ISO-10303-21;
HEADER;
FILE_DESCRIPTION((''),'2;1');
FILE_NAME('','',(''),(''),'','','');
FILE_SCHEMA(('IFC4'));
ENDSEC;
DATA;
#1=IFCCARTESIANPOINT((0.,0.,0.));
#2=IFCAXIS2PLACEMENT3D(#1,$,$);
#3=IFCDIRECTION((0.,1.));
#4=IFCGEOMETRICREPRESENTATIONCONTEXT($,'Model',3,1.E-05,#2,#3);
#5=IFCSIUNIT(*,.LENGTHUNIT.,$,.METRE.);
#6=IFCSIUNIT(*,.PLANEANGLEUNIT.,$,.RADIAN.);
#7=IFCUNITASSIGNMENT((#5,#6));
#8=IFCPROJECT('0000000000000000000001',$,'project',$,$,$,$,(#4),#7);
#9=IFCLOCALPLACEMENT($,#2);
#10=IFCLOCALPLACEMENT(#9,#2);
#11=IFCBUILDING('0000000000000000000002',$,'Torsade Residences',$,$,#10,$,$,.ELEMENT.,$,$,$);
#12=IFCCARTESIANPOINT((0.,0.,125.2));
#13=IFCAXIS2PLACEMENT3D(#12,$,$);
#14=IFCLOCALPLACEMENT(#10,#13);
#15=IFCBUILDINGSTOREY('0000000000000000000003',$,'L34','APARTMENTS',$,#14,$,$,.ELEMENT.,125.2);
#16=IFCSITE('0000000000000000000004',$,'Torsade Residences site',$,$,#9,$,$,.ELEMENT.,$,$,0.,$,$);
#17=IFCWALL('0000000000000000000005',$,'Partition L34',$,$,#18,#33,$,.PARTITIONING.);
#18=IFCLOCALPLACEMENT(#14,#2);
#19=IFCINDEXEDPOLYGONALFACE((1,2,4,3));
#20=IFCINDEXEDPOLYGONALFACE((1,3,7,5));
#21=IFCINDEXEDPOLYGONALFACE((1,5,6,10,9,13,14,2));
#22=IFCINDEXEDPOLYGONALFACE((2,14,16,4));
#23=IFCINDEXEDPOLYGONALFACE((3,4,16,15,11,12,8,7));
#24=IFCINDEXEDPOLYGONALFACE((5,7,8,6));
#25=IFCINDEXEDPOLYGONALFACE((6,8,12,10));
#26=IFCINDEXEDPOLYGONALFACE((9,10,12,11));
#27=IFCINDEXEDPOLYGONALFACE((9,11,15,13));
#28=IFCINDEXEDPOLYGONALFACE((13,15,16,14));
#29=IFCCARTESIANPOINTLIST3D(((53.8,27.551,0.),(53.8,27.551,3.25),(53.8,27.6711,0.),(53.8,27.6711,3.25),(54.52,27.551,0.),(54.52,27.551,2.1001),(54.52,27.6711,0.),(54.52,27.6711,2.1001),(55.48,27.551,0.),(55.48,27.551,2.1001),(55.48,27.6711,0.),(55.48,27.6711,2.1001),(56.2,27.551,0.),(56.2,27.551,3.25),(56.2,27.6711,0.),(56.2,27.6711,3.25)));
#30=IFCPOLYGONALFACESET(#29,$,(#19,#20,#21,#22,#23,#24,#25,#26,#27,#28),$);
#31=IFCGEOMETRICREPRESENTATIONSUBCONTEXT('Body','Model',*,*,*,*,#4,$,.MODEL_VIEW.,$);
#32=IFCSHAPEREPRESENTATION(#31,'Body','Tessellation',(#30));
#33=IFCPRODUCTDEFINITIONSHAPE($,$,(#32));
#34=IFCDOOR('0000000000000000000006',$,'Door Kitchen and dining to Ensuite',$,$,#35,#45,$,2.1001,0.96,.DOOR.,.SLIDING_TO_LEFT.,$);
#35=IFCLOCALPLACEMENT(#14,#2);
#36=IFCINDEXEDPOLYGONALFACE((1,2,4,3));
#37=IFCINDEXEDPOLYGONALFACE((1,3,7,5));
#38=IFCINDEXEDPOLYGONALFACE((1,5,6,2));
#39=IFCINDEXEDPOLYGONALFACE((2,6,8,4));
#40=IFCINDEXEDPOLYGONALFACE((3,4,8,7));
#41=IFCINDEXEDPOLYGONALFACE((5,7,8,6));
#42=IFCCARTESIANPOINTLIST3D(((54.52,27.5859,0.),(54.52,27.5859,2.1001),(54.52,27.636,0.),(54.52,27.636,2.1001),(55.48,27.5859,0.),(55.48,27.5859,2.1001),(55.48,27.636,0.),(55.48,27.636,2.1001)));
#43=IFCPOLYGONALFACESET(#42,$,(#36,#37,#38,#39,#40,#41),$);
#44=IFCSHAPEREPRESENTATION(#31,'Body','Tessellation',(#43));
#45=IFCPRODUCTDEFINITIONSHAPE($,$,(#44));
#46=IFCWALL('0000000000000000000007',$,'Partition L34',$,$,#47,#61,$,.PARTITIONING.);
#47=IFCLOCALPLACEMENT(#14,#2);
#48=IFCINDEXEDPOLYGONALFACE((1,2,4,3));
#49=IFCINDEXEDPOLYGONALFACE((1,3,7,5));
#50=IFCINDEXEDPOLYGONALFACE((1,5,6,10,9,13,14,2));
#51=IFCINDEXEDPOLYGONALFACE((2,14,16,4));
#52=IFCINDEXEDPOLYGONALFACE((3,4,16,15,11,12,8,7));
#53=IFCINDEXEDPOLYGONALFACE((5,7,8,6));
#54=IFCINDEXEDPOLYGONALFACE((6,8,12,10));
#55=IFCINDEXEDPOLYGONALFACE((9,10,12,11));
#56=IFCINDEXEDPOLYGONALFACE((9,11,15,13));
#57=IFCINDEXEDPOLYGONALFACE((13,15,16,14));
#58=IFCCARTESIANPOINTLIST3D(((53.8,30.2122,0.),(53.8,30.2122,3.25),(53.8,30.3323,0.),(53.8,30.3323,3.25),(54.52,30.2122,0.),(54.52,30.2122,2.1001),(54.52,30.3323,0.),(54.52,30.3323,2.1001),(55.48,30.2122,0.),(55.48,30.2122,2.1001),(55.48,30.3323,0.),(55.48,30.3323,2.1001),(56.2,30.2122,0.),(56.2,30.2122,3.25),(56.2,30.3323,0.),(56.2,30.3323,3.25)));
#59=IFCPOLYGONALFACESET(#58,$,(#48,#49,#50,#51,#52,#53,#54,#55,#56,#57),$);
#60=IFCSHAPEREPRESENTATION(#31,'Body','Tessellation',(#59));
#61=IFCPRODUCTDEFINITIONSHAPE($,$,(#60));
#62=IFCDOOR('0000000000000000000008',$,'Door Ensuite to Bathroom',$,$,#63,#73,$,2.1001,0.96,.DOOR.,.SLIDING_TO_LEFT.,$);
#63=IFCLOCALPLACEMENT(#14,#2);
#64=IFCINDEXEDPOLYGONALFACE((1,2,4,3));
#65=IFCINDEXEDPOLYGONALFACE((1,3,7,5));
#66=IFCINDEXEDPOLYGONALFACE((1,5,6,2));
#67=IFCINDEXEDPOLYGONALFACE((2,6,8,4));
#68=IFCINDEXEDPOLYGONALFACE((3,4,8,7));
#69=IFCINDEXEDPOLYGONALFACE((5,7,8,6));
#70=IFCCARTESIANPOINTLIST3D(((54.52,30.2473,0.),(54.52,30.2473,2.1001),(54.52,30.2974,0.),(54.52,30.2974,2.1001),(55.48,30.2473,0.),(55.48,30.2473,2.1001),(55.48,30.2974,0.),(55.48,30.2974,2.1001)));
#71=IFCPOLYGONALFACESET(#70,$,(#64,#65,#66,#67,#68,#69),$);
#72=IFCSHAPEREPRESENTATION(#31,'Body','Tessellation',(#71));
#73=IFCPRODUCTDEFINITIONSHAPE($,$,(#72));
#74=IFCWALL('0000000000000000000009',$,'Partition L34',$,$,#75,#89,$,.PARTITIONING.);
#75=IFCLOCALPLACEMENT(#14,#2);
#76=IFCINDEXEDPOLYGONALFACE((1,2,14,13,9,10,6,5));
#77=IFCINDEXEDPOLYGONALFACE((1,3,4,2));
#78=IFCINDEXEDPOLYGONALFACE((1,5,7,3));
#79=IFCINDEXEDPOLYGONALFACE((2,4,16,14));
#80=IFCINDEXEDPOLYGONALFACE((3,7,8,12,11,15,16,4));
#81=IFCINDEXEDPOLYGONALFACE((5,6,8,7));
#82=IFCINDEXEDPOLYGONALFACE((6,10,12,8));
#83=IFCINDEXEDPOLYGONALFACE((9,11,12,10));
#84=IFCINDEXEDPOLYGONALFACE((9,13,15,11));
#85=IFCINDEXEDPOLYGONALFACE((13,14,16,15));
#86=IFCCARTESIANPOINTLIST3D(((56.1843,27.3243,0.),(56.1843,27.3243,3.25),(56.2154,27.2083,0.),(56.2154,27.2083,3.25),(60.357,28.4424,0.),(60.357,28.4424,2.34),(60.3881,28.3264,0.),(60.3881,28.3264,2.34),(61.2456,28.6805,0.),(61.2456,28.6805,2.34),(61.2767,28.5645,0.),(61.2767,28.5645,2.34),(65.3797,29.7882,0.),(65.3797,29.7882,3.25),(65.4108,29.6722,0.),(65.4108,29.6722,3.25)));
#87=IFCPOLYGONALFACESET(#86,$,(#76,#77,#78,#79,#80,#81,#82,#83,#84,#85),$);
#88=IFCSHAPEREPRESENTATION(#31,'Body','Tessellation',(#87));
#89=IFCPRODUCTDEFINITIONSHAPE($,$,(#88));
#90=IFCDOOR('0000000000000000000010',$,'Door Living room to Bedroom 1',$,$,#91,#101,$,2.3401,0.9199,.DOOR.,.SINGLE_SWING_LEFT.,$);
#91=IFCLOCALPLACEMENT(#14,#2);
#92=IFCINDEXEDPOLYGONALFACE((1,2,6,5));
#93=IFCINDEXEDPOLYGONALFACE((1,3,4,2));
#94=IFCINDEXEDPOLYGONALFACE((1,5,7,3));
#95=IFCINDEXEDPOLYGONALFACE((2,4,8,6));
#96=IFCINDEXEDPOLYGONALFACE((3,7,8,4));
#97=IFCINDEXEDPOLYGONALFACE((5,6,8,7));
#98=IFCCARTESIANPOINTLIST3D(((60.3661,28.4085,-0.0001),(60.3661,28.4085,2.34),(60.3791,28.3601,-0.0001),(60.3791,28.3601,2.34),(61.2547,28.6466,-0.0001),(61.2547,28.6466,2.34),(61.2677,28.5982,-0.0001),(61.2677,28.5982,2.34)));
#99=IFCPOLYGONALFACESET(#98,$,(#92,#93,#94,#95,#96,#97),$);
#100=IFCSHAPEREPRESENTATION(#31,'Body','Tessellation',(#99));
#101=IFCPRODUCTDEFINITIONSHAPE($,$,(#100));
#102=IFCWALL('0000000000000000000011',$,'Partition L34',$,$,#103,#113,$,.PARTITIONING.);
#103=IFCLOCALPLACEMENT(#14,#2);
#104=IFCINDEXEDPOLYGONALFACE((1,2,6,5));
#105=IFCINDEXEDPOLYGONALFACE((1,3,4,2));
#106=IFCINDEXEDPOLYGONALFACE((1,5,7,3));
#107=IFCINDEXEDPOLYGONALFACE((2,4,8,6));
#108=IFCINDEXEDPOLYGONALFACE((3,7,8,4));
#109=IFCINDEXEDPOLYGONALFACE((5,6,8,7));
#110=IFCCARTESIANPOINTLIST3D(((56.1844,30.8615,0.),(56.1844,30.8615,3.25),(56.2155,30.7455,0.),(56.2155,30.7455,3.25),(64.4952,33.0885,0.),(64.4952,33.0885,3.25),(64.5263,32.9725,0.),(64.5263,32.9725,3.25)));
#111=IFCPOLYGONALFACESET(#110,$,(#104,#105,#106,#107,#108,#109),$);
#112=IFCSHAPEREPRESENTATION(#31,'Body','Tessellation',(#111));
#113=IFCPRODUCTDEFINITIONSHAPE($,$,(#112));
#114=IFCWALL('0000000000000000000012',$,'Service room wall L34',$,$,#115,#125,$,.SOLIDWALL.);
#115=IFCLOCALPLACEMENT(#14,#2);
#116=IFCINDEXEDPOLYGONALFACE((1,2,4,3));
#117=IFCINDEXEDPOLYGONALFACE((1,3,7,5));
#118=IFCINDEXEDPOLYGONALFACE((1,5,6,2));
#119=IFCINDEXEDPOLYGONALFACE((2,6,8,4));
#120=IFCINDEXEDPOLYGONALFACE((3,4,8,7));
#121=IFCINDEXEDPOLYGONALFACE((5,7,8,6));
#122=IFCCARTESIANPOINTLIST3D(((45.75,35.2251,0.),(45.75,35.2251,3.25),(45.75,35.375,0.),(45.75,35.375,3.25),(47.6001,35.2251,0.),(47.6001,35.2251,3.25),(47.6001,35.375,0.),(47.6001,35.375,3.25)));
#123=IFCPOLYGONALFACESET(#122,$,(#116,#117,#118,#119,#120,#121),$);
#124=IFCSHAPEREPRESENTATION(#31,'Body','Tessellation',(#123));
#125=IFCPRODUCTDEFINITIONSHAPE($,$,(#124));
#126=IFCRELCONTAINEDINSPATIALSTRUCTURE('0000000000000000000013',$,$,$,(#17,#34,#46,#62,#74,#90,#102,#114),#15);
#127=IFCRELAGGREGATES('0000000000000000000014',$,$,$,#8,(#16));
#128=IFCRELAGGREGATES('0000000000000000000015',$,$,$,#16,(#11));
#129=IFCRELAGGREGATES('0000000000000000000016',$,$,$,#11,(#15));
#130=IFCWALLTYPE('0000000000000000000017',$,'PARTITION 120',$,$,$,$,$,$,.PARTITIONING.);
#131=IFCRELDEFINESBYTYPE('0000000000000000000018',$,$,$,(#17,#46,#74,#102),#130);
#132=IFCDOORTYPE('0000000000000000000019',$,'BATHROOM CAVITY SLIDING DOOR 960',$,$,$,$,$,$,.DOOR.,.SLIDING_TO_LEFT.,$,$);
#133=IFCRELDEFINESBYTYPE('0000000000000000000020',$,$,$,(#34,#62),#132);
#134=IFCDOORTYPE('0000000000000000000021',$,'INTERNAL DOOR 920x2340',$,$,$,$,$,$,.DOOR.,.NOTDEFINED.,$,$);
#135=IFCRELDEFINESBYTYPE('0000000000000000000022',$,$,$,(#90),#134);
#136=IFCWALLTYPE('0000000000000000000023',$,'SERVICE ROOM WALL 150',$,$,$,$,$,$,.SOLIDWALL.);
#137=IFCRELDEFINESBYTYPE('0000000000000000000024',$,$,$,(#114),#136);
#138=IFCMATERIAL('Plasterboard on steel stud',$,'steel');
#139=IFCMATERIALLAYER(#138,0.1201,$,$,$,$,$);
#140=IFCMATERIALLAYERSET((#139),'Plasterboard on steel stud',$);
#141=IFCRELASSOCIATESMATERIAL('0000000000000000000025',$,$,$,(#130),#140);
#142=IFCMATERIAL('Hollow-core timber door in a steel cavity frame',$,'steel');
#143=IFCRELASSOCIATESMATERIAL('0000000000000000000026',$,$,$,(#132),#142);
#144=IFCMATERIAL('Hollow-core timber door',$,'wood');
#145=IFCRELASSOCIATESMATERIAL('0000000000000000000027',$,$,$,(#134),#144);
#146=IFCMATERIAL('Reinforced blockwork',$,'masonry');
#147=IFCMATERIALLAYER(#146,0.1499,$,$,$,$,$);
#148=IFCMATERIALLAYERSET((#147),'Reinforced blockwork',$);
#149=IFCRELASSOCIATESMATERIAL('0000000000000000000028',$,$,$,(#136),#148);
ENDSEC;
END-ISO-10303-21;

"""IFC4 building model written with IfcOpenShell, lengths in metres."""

from ifc_helpers import new_model, si_unit, direction, frame, frame_2d, origin, place, context, subcontext, project, spatial, rectangle, extrude, material, layer, layer_set, type_object, element, fill, save


model = new_model("IFC4")

# Units and contexts
model_context = context("Model", 3, precision=1e-05, world=origin(), true_north=direction((0.0, 1.0)))
body_context = subcontext(model_context, "Body", "Model", "MODEL_VIEW")
ifc_project = project(units=[si_unit("LENGTHUNIT", "METRE"), si_unit("PLANEANGLEUNIT", "RADIAN")], contexts=[model_context])

# Site, building, storey
site_placement = place(None, origin())
site = spatial("IfcSite", under=ifc_project, at=site_placement, Name="Torsade Residences site", CompositionType="ELEMENT", RefElevation=0.0)
building_placement = place(site_placement, origin())
building = spatial("IfcBuilding", under=site, at=building_placement, Name="Torsade Residences", CompositionType="ELEMENT")
storey_placement = place(building_placement, frame((0.0, 0.0, 125.2)))
storey = spatial("IfcBuildingStorey", under=building, at=storey_placement, Name="L34", Description="APARTMENTS", CompositionType="ELEMENT", Elevation=125.2)

# Walls, openings, doors
ifc_material_1 = material(Name="Plasterboard on steel stud", Category="steel")
ifc_layer_1 = layer(ifc_material_1, 0.1201)
ifc_layer_set_1 = layer_set([ifc_layer_1], Name="Plasterboard on steel stud")
wall_type_1 = type_object("IfcWallType", Name="PARTITION 120", PredefinedType="PARTITIONING", material=ifc_layer_set_1)
wall_1_placement = place(storey_placement, frame((53.8, 27.6111, 0.0), z_axis=(0.0, 0.0, 1.0), x_axis=(1.0, 0.0, 0.0)))
wall_1 = element("IfcWall", 1, at=wall_1_placement, inside=storey, type_object=wall_type_1, Name="Partition L34", PredefinedType="PARTITIONING", context=body_context, shape_type="SweptSolid", body=[
    extrude(rectangle(XDim=2.3999, YDim=0.1201, at=frame_2d((1.2, 0.0))), origin(), (0.0, 0.0, 1.0), 3.25),
])
opening_1_placement = place(wall_1_placement, frame((0.72, 0.0, 0.0)))
opening_1 = element("IfcOpeningElement", 2, at=opening_1_placement, cuts=wall_1, PredefinedType="OPENING", context=body_context, shape_type="SweptSolid", body=[
    extrude(rectangle(XDim=0.96, YDim=2.1001, at=frame_2d((0.48, 1.05))), frame((0.0, 0.0701, 0.0), z_axis=(0.0, -1.0, 0.0), x_axis=(1.0, 0.0, 0.0)), (0.0, 0.0, 1.0), 0.1401),
])
ifc_material_2 = material(Name="Hollow-core timber door in a steel cavity frame", Category="steel")
door_type_1 = type_object("IfcDoorType", Name="BATHROOM CAVITY SLIDING DOOR 960", OperationType="SLIDING_TO_LEFT", PredefinedType="DOOR", material=ifc_material_2)
door_1_placement = place(opening_1_placement, origin())
door_1 = element("IfcDoor", 3, at=door_1_placement, inside=storey, type_object=door_type_1, Name="Door Kitchen and dining to Ensuite", OperationType="SLIDING_TO_LEFT", OverallHeight=2.1001, OverallWidth=0.96, PredefinedType="DOOR", context=body_context, shape_type="SweptSolid", body=[
    extrude(rectangle(XDim=0.96, YDim=2.1001, at=frame_2d((0.48, 1.05))), frame((0.0, 0.0249, 0.0), z_axis=(0.0, -1.0, 0.0), x_axis=(1.0, 0.0, 0.0)), (0.0, 0.0, 1.0), 0.05),
])
fill(opening_1, door_1)
wall_2_placement = place(storey_placement, frame((56.2, 30.2722, 0.0), z_axis=(0.0, 0.0, 1.0), x_axis=(-1.0, 0.0, 0.0)))
wall_2 = element("IfcWall", 4, at=wall_2_placement, inside=storey, type_object=wall_type_1, Name="Partition L34", PredefinedType="PARTITIONING", context=body_context, shape_type="SweptSolid", body=[
    extrude(rectangle(XDim=2.3999, YDim=0.1201, at=frame_2d((1.2, 0.0))), origin(), (0.0, 0.0, 1.0), 3.25),
])
opening_2_placement = place(wall_2_placement, frame((0.72, 0.0, 0.0)))
opening_2 = element("IfcOpeningElement", 5, at=opening_2_placement, cuts=wall_2, PredefinedType="OPENING", context=body_context, shape_type="SweptSolid", body=[
    extrude(rectangle(XDim=0.96, YDim=2.1001, at=frame_2d((0.48, 1.05))), frame((0.0, 0.0701, 0.0), z_axis=(0.0, -1.0, 0.0), x_axis=(1.0, 0.0, 0.0)), (0.0, 0.0, 1.0), 0.1401),
])
door_2_placement = place(opening_2_placement, origin())
door_2 = element("IfcDoor", 6, at=door_2_placement, inside=storey, type_object=door_type_1, Name="Door Ensuite to Bathroom", OperationType="SLIDING_TO_LEFT", OverallHeight=2.1001, OverallWidth=0.96, PredefinedType="DOOR", context=body_context, shape_type="SweptSolid", body=[
    extrude(rectangle(XDim=0.96, YDim=2.1001, at=frame_2d((0.48, 1.05))), frame((0.0, 0.0249, 0.0), z_axis=(0.0, -1.0, 0.0), x_axis=(1.0, 0.0, 0.0)), (0.0, 0.0, 1.0), 0.05),
])
fill(opening_2, door_2)
wall_3_placement = place(storey_placement, frame((56.2, 27.2664, 0.0), z_axis=(0.0, 0.0, 1.0), x_axis=(0.965926, 0.258818, 0.0)))
wall_3 = element("IfcWall", 7, at=wall_3_placement, inside=storey, type_object=wall_type_1, Name="Partition L34", PredefinedType="PARTITIONING", context=body_context, shape_type="SweptSolid", body=[
    extrude(rectangle(XDim=9.5198, YDim=0.1201, at=frame_2d((4.7598, 0.0))), origin(), (0.0, 0.0, 1.0), 3.25),
])
opening_3_placement = place(wall_3_placement, frame((4.3198, 0.0, 0.0)))
opening_3 = element("IfcOpeningElement", 8, at=opening_3_placement, cuts=wall_3, PredefinedType="OPENING", context=body_context, shape_type="SweptSolid", body=[
    extrude(rectangle(XDim=0.9199, YDim=2.3401, at=frame_2d((0.46, 1.1699))), frame((0.0, 0.0701, 0.0), z_axis=(0.0, -1.0, 0.0), x_axis=(1.0, 0.0, 0.0)), (0.0, 0.0, 1.0), 0.1401),
])
ifc_material_3 = material(Name="Hollow-core timber door", Category="wood")
door_type_2 = type_object("IfcDoorType", Name="INTERNAL DOOR 920x2340", OperationType="NOTDEFINED", PredefinedType="DOOR", material=ifc_material_3)
door_3_placement = place(opening_3_placement, origin())
door_3 = element("IfcDoor", 9, at=door_3_placement, inside=storey, type_object=door_type_2, Name="Door Living room to Bedroom 1", OperationType="SINGLE_SWING_LEFT", OverallHeight=2.3401, OverallWidth=0.9199, PredefinedType="DOOR", context=body_context, shape_type="SweptSolid", body=[
    extrude(rectangle(XDim=0.9199, YDim=2.3401, at=frame_2d((0.46, 1.1699))), frame((0.0, 0.0249, 0.0), z_axis=(0.0, -1.0, 0.0), x_axis=(1.0, 0.0, 0.0)), (0.0, 0.0, 1.0), 0.05),
])
fill(opening_3, door_3)

# Walls
wall_4_placement = place(storey_placement, frame((56.2, 30.8035, 0.0), z_axis=(0.0, 0.0, 1.0), x_axis=(0.965921, 0.258839, 0.0)))
element("IfcWall", 10, at=wall_4_placement, inside=storey, type_object=wall_type_1, Name="Partition L34", PredefinedType="PARTITIONING", context=body_context, shape_type="SweptSolid", body=[
    extrude(rectangle(XDim=8.604, YDim=0.1201, at=frame_2d((4.302, 0.0))), origin(), (0.0, 0.0, 1.0), 3.25),
])
ifc_material_4 = material(Name="Reinforced blockwork", Category="masonry")
ifc_layer_2 = layer(ifc_material_4, 0.1499)
ifc_layer_set_2 = layer_set([ifc_layer_2], Name="Reinforced blockwork")
wall_type_2 = type_object("IfcWallType", Name="SERVICE ROOM WALL 150", PredefinedType="SOLIDWALL", material=ifc_layer_set_2)
wall_5_placement = place(storey_placement, frame((47.6001, 35.3, 0.0), z_axis=(0.0, 0.0, 1.0), x_axis=(-1.0, 0.0, 0.0)))
element("IfcWall", 11, at=wall_5_placement, inside=storey, type_object=wall_type_2, Name="Service room wall L34", PredefinedType="SOLIDWALL", context=body_context, shape_type="SweptSolid", body=[
    extrude(rectangle(XDim=1.8501, YDim=0.1499, at=frame_2d((0.925, 0.0))), origin(), (0.0, 0.0, 1.0), 3.25),
])

save(model, "model.ifc")
